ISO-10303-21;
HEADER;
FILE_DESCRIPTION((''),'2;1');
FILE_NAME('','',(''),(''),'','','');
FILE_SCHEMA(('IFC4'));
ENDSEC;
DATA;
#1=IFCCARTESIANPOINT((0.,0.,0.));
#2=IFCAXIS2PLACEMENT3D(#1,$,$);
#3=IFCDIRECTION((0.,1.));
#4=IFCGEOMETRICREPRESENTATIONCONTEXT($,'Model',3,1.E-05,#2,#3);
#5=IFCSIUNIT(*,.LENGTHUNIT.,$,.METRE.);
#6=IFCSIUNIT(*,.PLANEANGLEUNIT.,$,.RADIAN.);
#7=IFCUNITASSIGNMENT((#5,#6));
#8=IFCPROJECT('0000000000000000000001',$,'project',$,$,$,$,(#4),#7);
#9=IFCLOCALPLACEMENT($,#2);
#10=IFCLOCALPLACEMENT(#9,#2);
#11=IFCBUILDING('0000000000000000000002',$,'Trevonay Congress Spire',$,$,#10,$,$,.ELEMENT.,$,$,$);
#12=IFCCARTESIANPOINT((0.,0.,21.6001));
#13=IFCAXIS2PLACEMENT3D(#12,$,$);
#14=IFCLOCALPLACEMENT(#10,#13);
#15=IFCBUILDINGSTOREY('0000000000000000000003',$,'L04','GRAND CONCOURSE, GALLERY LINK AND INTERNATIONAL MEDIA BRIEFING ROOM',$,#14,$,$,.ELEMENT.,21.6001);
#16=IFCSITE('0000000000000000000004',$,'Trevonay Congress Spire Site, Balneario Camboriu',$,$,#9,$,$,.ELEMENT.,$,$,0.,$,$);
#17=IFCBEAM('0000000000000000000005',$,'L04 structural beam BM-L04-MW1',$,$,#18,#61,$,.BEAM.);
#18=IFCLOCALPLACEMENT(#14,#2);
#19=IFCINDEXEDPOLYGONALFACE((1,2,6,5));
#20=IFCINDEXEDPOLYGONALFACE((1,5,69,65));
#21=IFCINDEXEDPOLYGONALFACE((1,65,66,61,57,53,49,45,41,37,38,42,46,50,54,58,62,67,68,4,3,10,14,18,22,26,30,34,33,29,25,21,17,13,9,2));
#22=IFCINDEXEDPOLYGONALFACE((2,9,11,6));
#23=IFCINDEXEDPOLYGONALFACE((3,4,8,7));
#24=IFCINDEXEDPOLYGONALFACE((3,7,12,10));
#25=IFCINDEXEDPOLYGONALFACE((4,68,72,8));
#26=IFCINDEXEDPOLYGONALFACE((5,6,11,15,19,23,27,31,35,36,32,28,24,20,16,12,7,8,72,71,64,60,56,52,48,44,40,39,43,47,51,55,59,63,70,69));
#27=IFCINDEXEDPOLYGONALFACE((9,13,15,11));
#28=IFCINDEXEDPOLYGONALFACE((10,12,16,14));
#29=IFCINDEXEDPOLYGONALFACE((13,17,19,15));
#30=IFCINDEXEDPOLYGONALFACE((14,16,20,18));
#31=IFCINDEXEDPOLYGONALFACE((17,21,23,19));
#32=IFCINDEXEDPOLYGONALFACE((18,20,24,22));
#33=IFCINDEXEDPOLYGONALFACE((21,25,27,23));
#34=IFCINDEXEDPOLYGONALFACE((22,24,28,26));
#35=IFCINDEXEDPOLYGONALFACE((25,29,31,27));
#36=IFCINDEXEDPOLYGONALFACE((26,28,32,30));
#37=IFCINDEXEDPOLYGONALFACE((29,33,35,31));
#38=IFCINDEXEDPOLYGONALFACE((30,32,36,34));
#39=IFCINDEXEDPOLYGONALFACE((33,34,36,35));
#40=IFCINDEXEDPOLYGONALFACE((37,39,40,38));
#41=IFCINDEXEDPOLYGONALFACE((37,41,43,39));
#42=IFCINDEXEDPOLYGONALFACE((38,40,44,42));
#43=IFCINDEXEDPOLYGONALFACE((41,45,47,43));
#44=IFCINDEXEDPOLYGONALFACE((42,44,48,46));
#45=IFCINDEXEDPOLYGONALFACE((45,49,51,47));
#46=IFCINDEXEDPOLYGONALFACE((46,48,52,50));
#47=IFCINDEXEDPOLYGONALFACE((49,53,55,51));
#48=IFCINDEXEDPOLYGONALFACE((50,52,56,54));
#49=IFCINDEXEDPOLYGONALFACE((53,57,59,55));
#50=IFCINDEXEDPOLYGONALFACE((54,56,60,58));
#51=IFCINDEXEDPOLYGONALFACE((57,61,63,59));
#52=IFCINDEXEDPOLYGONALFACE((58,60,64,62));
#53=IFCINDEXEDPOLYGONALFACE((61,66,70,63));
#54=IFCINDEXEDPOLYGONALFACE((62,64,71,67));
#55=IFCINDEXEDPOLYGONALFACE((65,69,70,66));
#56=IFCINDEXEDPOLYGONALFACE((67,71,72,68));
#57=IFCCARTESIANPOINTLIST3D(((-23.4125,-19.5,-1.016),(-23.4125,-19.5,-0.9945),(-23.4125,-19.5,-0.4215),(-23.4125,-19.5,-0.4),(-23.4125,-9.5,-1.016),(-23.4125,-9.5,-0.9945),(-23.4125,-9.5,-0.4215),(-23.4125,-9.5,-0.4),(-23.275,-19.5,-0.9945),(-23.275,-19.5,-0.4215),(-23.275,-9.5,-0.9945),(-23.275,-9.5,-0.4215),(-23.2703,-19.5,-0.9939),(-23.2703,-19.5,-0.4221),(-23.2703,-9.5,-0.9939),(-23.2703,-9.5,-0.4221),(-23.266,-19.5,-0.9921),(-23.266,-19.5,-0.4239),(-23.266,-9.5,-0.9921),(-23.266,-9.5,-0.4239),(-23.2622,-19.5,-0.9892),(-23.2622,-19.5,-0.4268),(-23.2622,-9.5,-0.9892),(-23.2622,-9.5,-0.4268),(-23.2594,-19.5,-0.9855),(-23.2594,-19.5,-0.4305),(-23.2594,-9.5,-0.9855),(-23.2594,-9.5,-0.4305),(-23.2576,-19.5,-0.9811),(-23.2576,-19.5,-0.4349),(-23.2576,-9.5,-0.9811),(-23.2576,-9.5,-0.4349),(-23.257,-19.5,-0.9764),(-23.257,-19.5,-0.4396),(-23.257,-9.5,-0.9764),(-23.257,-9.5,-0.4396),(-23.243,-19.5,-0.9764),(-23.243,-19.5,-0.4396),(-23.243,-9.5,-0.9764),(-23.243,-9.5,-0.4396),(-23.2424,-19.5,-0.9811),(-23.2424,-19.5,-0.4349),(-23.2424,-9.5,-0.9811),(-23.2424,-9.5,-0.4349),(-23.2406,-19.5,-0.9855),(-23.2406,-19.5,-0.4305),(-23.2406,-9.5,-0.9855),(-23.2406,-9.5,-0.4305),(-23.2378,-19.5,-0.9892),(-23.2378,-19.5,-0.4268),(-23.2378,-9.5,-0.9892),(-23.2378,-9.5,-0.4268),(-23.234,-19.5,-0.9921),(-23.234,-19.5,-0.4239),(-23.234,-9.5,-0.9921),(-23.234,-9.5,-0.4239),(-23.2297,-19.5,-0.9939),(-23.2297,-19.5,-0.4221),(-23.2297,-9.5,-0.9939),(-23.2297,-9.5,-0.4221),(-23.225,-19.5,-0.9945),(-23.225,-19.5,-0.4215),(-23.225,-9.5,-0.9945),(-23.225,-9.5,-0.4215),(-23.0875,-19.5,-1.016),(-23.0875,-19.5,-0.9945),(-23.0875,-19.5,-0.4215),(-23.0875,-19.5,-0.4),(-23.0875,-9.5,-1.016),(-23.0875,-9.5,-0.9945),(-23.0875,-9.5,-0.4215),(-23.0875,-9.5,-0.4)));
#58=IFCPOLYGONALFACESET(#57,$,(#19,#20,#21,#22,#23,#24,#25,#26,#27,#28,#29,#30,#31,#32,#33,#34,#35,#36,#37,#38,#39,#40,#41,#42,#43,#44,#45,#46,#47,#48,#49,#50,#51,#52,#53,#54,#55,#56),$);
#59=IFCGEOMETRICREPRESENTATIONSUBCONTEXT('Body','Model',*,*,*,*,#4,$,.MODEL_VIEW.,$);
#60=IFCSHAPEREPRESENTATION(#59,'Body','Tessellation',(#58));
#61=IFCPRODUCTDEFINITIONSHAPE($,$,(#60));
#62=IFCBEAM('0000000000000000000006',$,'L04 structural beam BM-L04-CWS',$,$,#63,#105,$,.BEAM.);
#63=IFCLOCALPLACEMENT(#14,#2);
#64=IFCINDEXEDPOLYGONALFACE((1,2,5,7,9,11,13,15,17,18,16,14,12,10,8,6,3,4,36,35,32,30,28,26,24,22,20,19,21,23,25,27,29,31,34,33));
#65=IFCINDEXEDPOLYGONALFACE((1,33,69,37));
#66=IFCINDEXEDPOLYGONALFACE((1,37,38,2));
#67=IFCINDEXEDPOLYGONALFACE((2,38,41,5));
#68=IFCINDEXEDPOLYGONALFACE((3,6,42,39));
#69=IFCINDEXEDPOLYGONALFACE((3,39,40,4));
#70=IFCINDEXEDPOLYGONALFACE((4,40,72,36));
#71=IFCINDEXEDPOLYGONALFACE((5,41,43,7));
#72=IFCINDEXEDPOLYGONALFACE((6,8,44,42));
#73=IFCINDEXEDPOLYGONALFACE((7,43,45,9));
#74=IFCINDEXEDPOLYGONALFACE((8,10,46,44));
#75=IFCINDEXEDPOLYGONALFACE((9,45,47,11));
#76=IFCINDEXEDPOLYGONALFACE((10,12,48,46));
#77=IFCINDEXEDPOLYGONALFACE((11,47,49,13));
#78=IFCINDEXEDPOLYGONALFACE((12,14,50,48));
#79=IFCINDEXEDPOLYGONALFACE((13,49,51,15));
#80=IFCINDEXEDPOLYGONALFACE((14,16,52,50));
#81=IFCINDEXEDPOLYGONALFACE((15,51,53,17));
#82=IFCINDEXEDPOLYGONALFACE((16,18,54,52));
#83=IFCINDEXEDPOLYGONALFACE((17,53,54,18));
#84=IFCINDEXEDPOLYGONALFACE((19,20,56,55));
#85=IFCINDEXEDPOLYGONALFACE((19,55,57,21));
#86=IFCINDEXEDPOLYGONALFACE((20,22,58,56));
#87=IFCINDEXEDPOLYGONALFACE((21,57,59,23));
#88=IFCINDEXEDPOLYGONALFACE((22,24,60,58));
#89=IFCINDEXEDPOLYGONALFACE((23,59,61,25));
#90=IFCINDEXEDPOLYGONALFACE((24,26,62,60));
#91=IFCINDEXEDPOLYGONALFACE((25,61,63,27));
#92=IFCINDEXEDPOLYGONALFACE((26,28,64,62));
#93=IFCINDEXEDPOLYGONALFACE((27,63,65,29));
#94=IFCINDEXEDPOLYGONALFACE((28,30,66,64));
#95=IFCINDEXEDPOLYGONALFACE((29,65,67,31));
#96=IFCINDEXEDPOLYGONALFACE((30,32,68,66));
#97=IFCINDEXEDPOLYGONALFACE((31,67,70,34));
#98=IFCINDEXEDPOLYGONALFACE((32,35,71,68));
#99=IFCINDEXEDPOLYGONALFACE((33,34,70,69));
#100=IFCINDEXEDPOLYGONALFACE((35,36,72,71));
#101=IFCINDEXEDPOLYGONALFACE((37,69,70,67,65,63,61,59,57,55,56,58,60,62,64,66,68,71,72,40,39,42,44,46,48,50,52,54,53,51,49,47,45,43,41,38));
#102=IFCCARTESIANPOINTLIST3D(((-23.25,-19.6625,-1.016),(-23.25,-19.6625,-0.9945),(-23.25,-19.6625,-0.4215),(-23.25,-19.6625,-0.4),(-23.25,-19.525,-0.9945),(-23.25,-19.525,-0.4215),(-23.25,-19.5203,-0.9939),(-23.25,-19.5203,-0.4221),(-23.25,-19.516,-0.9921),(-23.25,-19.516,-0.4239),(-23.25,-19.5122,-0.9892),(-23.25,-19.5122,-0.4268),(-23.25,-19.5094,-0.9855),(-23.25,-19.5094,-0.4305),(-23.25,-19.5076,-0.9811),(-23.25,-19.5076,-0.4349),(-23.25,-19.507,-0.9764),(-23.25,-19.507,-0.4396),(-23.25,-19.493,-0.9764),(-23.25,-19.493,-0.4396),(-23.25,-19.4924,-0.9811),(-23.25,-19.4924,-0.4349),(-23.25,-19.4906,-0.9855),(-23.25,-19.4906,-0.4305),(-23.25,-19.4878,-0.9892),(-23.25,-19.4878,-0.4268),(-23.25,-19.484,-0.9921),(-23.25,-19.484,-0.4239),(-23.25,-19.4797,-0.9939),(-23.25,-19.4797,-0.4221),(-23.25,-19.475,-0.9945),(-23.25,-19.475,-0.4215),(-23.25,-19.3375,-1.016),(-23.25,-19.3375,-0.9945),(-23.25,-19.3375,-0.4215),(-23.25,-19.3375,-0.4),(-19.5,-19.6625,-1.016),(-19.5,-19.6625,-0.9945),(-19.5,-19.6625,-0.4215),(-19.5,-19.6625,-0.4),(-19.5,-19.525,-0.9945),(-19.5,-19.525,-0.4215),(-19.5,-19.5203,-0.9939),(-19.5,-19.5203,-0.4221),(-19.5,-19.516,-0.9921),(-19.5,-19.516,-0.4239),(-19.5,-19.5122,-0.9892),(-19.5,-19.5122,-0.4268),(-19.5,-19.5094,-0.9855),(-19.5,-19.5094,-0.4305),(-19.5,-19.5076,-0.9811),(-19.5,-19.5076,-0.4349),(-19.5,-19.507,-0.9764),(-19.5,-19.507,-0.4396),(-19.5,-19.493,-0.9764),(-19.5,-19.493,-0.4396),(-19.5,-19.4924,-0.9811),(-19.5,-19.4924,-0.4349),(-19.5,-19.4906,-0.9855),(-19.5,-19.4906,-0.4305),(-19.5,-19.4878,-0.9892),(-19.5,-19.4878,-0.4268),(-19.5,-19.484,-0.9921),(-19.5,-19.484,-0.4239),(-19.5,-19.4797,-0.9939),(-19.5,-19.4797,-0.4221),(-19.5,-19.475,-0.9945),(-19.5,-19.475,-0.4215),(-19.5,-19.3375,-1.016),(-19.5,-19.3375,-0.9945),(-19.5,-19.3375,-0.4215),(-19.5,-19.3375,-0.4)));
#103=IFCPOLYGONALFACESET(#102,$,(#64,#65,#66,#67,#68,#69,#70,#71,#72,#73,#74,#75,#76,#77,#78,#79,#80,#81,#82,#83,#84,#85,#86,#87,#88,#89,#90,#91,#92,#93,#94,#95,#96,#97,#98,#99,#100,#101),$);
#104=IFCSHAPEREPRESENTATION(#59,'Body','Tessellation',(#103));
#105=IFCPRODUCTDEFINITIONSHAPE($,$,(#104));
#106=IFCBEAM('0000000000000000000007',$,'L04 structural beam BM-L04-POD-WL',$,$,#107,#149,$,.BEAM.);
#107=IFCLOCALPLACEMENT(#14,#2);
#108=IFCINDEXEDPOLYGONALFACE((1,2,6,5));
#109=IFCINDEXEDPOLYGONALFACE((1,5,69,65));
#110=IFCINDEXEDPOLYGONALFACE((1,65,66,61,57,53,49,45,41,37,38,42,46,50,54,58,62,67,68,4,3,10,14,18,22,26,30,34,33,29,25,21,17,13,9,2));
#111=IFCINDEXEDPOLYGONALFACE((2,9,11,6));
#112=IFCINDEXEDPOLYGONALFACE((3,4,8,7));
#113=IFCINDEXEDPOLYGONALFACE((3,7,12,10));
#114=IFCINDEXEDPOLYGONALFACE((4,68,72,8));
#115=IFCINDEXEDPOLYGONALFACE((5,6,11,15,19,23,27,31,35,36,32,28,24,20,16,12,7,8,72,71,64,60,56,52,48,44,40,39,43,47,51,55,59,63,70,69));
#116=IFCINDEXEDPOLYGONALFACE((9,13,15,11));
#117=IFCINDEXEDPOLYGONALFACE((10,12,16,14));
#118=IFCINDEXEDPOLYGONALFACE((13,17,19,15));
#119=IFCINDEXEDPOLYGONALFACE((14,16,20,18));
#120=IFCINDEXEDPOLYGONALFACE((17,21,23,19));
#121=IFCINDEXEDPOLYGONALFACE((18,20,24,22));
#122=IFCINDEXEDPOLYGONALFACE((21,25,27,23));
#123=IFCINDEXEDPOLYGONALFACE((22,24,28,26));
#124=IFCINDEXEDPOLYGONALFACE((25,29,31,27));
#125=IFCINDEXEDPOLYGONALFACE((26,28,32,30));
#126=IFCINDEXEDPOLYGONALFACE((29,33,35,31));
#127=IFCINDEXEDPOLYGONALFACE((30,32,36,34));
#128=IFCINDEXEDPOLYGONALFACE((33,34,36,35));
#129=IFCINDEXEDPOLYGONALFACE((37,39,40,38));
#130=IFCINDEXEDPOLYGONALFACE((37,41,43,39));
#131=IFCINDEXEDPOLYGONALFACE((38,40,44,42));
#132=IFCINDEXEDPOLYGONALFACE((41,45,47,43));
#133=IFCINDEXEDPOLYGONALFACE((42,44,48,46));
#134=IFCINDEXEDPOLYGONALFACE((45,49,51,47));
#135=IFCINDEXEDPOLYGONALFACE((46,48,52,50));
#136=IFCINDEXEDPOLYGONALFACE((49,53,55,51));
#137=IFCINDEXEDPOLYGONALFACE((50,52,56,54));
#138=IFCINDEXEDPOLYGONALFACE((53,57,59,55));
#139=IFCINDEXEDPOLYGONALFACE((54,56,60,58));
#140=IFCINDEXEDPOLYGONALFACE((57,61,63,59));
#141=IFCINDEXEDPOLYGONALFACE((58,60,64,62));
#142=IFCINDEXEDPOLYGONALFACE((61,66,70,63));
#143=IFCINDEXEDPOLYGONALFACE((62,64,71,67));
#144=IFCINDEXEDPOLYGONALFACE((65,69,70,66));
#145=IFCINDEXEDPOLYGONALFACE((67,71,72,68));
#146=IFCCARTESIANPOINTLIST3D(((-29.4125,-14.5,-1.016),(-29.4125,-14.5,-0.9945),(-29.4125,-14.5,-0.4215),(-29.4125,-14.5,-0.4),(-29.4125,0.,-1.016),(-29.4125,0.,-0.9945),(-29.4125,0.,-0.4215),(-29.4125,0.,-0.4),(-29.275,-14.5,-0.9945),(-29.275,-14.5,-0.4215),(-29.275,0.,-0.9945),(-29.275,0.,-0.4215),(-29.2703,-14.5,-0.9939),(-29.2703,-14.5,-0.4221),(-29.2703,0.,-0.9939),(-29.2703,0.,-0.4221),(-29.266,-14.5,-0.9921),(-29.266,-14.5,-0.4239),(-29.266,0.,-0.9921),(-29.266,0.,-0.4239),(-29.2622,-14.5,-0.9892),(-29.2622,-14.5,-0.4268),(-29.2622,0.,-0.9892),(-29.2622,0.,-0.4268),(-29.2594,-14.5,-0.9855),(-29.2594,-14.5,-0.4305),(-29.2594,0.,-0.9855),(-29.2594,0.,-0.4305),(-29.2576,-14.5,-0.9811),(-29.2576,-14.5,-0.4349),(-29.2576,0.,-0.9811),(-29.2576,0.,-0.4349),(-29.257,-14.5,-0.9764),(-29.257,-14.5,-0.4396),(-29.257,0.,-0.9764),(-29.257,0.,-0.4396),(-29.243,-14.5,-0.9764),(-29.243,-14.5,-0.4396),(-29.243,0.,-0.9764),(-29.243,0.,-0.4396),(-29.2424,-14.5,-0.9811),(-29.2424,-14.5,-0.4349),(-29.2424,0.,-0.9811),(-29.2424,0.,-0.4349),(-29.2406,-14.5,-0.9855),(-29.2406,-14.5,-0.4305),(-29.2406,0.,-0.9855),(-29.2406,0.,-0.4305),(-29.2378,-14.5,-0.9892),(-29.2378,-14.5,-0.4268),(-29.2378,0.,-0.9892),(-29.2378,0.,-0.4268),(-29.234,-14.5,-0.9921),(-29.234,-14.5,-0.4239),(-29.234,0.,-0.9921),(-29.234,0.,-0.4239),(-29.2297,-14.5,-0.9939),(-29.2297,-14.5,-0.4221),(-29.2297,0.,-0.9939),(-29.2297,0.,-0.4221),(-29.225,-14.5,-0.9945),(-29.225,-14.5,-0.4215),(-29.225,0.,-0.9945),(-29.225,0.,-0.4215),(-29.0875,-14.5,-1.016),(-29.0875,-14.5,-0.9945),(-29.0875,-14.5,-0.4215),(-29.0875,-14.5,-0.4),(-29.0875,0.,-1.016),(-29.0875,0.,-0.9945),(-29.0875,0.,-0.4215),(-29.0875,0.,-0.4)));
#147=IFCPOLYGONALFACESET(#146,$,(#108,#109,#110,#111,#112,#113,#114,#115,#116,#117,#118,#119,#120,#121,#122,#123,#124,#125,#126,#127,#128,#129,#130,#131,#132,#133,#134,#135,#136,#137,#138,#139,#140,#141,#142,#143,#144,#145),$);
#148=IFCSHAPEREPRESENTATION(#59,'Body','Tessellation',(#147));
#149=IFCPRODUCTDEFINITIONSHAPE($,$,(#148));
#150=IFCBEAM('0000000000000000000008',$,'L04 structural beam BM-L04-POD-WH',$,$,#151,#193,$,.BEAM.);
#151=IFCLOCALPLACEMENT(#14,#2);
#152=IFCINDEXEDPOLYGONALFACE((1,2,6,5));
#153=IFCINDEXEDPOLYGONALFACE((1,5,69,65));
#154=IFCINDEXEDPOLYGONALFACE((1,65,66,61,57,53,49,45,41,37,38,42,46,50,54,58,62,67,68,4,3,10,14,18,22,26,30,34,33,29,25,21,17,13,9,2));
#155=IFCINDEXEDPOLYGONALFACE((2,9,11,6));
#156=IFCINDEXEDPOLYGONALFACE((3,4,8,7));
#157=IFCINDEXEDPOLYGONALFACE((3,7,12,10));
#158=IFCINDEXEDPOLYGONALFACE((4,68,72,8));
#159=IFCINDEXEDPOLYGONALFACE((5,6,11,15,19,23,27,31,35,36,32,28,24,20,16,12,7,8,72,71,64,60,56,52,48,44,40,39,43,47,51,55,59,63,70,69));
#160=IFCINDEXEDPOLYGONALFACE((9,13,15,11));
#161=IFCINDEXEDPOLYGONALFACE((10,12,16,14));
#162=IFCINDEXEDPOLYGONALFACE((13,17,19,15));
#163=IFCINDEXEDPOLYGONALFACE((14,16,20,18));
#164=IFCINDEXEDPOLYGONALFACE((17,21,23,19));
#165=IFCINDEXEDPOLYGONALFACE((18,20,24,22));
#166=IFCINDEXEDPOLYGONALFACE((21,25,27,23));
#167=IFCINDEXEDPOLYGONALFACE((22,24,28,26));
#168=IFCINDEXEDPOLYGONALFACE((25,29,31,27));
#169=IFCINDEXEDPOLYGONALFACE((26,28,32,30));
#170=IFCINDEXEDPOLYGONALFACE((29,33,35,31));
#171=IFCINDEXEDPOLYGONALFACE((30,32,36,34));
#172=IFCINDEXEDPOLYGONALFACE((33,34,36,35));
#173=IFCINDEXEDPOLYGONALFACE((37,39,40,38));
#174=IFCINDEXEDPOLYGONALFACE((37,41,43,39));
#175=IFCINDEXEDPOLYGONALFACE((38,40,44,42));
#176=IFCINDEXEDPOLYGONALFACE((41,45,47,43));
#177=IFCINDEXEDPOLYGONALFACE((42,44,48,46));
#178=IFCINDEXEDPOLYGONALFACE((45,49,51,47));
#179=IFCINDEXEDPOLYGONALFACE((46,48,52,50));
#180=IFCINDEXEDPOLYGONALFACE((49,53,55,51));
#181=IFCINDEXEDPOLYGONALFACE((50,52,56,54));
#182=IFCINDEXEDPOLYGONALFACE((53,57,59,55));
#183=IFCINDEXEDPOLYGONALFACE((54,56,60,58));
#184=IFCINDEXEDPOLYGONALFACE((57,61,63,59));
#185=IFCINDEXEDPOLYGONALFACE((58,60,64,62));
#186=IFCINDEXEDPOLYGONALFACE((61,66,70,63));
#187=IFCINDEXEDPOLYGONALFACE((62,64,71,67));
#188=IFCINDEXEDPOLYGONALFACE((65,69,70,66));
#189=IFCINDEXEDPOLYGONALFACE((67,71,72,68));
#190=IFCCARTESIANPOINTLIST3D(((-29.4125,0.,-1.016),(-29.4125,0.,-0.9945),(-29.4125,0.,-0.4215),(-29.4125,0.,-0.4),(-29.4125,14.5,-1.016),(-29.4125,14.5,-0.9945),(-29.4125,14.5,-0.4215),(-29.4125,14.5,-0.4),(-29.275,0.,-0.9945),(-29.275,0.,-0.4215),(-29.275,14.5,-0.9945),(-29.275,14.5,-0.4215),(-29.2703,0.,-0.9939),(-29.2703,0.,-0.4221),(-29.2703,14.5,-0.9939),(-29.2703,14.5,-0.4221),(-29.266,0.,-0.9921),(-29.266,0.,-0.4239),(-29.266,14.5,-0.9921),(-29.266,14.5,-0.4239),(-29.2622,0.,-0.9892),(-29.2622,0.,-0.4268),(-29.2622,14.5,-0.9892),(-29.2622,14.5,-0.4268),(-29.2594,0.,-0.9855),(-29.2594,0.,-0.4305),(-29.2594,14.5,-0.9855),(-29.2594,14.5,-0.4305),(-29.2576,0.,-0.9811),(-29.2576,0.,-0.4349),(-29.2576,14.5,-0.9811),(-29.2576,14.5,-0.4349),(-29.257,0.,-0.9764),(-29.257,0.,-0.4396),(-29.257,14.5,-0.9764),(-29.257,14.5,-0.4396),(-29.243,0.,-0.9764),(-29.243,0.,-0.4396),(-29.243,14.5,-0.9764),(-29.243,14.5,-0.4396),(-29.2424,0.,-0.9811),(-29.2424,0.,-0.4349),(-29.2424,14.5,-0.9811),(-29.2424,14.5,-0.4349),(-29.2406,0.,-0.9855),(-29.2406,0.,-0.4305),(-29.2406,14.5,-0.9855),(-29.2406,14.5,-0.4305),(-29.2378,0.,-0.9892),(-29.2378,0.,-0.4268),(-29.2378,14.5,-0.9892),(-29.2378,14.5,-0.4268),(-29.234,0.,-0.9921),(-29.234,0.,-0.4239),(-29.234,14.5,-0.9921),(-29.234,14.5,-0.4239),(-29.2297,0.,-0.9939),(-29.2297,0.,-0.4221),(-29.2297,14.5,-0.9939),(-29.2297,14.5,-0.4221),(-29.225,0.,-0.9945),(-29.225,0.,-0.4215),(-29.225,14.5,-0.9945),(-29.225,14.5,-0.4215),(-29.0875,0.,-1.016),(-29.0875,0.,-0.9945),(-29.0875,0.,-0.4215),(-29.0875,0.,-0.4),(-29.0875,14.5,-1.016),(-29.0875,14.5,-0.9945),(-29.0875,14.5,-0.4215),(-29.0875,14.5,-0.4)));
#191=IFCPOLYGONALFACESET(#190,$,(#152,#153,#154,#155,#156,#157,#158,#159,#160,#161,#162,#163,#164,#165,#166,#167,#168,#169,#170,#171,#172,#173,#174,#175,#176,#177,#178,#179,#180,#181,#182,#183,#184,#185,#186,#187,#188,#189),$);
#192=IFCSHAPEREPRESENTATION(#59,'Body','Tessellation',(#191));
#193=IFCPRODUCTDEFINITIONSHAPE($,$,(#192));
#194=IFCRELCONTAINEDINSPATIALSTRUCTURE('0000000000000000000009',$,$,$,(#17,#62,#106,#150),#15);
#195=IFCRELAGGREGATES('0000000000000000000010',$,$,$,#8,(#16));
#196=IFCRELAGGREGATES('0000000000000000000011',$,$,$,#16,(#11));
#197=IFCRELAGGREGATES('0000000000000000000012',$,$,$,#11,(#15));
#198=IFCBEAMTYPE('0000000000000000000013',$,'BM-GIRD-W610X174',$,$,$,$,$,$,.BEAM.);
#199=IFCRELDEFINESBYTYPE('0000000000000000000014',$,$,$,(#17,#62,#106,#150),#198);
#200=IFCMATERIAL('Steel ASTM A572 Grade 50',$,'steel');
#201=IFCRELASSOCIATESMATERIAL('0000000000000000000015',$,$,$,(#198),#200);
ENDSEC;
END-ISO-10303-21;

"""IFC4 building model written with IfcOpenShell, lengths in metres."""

from ifc_helpers import new_model, si_unit, direction, frame, origin, origin_2d, place, context, subcontext, project, spatial, i_section, extrude, material, material_profile, profile_set, type_object, element, save


model = new_model("IFC4")

# Units and contexts
model_context = context("Model", 3, precision=1e-05, world=origin(), true_north=direction((0.0, 1.0)))
body_context = subcontext(model_context, "Body", "Model", "MODEL_VIEW")
ifc_project = project(units=[si_unit("LENGTHUNIT", "METRE"), si_unit("PLANEANGLEUNIT", "RADIAN")], contexts=[model_context])

# Site, building, storey
site_placement = place(None, origin())
site = spatial("IfcSite", under=ifc_project, at=site_placement, Name="Trevonay Congress Spire Site, Balneario Camboriu", CompositionType="ELEMENT", RefElevation=0.0)
building_placement = place(site_placement, origin())
building = spatial("IfcBuilding", under=site, at=building_placement, Name="Trevonay Congress Spire", CompositionType="ELEMENT")
storey_placement = place(building_placement, frame((0.0, 0.0, 21.6001)))
storey = spatial("IfcBuildingStorey", under=building, at=storey_placement, Name="L04", Description="GRAND CONCOURSE, GALLERY LINK AND INTERNATIONAL MEDIA BRIEFING ROOM", CompositionType="ELEMENT", Elevation=21.6001)

# Shared definitions
ifc_material_1 = material(Name="Steel ASTM A572 Grade 50", Category="steel")

# Beams
ifc_material_profile_1 = material_profile(ifc_material_1, i_section(OverallWidth=0.325, OverallDepth=0.616, WebThickness=0.0139, FlangeThickness=0.0215, FilletRadius=0.0181, at=origin_2d()), Name="W610x174")
ifc_profile_set_1 = profile_set([ifc_material_profile_1], Name="Steel ASTM A572 Grade 50")
beam_type_1 = type_object("IfcBeamType", Name="BM-GIRD-W610X174", PredefinedType="BEAM", material=ifc_profile_set_1)
beam_1_placement = place(storey_placement, frame((-23.25, -19.5, -0.708), z_axis=(0.0, 1.0, 0.0), x_axis=(-1.0, 0.0, 0.0)))
element("IfcBeam", 1, at=beam_1_placement, inside=storey, type_object=beam_type_1, Name="L04 structural beam BM-L04-MW1", PredefinedType="BEAM", context=body_context, shape_type="SweptSolid", body=[
    extrude(i_section(OverallWidth=0.325, OverallDepth=0.616, WebThickness=0.0139, FlangeThickness=0.0215, FilletRadius=0.0181, at=origin_2d()), origin(), (0.0, 0.0, 1.0), 10.0),
])
beam_2_placement = place(storey_placement, frame((-23.25, -19.5, -0.708), z_axis=(1.0, 0.0, 0.0), x_axis=(0.0, 1.0, 0.0)))
element("IfcBeam", 2, at=beam_2_placement, inside=storey, type_object=beam_type_1, Name="L04 structural beam BM-L04-CWS", PredefinedType="BEAM", context=body_context, shape_type="SweptSolid", body=[
    extrude(i_section(OverallWidth=0.325, OverallDepth=0.616, WebThickness=0.0139, FlangeThickness=0.0215, FilletRadius=0.0181, at=origin_2d()), origin(), (0.0, 0.0, 1.0), 3.75),
])
for number, where, z_axis, x_axis, name in (
    (3, (-29.25, -14.5, -0.708), (0.0, 1.0, 0.0), (-1.0, 0.0, 0.0), "L04 structural beam BM-L04-POD-WL"),
    (4, (-29.25, 0.0, -0.708), (0.0, 1.0, 0.0), (-1.0, 0.0, 0.0), "L04 structural beam BM-L04-POD-WH"),
):
    element("IfcBeam", number, at=place(storey_placement, frame(where, z_axis=z_axis, x_axis=x_axis)), inside=storey, type_object=beam_type_1, Name=name, PredefinedType="BEAM", context=body_context, shape_type="SweptSolid", body=[
        extrude(i_section(OverallWidth=0.325, OverallDepth=0.616, WebThickness=0.0139, FlangeThickness=0.0215, FilletRadius=0.0181, at=origin_2d()), origin(), (0.0, 0.0, 1.0), 14.5),
    ])

save(model, "model.ifc")
